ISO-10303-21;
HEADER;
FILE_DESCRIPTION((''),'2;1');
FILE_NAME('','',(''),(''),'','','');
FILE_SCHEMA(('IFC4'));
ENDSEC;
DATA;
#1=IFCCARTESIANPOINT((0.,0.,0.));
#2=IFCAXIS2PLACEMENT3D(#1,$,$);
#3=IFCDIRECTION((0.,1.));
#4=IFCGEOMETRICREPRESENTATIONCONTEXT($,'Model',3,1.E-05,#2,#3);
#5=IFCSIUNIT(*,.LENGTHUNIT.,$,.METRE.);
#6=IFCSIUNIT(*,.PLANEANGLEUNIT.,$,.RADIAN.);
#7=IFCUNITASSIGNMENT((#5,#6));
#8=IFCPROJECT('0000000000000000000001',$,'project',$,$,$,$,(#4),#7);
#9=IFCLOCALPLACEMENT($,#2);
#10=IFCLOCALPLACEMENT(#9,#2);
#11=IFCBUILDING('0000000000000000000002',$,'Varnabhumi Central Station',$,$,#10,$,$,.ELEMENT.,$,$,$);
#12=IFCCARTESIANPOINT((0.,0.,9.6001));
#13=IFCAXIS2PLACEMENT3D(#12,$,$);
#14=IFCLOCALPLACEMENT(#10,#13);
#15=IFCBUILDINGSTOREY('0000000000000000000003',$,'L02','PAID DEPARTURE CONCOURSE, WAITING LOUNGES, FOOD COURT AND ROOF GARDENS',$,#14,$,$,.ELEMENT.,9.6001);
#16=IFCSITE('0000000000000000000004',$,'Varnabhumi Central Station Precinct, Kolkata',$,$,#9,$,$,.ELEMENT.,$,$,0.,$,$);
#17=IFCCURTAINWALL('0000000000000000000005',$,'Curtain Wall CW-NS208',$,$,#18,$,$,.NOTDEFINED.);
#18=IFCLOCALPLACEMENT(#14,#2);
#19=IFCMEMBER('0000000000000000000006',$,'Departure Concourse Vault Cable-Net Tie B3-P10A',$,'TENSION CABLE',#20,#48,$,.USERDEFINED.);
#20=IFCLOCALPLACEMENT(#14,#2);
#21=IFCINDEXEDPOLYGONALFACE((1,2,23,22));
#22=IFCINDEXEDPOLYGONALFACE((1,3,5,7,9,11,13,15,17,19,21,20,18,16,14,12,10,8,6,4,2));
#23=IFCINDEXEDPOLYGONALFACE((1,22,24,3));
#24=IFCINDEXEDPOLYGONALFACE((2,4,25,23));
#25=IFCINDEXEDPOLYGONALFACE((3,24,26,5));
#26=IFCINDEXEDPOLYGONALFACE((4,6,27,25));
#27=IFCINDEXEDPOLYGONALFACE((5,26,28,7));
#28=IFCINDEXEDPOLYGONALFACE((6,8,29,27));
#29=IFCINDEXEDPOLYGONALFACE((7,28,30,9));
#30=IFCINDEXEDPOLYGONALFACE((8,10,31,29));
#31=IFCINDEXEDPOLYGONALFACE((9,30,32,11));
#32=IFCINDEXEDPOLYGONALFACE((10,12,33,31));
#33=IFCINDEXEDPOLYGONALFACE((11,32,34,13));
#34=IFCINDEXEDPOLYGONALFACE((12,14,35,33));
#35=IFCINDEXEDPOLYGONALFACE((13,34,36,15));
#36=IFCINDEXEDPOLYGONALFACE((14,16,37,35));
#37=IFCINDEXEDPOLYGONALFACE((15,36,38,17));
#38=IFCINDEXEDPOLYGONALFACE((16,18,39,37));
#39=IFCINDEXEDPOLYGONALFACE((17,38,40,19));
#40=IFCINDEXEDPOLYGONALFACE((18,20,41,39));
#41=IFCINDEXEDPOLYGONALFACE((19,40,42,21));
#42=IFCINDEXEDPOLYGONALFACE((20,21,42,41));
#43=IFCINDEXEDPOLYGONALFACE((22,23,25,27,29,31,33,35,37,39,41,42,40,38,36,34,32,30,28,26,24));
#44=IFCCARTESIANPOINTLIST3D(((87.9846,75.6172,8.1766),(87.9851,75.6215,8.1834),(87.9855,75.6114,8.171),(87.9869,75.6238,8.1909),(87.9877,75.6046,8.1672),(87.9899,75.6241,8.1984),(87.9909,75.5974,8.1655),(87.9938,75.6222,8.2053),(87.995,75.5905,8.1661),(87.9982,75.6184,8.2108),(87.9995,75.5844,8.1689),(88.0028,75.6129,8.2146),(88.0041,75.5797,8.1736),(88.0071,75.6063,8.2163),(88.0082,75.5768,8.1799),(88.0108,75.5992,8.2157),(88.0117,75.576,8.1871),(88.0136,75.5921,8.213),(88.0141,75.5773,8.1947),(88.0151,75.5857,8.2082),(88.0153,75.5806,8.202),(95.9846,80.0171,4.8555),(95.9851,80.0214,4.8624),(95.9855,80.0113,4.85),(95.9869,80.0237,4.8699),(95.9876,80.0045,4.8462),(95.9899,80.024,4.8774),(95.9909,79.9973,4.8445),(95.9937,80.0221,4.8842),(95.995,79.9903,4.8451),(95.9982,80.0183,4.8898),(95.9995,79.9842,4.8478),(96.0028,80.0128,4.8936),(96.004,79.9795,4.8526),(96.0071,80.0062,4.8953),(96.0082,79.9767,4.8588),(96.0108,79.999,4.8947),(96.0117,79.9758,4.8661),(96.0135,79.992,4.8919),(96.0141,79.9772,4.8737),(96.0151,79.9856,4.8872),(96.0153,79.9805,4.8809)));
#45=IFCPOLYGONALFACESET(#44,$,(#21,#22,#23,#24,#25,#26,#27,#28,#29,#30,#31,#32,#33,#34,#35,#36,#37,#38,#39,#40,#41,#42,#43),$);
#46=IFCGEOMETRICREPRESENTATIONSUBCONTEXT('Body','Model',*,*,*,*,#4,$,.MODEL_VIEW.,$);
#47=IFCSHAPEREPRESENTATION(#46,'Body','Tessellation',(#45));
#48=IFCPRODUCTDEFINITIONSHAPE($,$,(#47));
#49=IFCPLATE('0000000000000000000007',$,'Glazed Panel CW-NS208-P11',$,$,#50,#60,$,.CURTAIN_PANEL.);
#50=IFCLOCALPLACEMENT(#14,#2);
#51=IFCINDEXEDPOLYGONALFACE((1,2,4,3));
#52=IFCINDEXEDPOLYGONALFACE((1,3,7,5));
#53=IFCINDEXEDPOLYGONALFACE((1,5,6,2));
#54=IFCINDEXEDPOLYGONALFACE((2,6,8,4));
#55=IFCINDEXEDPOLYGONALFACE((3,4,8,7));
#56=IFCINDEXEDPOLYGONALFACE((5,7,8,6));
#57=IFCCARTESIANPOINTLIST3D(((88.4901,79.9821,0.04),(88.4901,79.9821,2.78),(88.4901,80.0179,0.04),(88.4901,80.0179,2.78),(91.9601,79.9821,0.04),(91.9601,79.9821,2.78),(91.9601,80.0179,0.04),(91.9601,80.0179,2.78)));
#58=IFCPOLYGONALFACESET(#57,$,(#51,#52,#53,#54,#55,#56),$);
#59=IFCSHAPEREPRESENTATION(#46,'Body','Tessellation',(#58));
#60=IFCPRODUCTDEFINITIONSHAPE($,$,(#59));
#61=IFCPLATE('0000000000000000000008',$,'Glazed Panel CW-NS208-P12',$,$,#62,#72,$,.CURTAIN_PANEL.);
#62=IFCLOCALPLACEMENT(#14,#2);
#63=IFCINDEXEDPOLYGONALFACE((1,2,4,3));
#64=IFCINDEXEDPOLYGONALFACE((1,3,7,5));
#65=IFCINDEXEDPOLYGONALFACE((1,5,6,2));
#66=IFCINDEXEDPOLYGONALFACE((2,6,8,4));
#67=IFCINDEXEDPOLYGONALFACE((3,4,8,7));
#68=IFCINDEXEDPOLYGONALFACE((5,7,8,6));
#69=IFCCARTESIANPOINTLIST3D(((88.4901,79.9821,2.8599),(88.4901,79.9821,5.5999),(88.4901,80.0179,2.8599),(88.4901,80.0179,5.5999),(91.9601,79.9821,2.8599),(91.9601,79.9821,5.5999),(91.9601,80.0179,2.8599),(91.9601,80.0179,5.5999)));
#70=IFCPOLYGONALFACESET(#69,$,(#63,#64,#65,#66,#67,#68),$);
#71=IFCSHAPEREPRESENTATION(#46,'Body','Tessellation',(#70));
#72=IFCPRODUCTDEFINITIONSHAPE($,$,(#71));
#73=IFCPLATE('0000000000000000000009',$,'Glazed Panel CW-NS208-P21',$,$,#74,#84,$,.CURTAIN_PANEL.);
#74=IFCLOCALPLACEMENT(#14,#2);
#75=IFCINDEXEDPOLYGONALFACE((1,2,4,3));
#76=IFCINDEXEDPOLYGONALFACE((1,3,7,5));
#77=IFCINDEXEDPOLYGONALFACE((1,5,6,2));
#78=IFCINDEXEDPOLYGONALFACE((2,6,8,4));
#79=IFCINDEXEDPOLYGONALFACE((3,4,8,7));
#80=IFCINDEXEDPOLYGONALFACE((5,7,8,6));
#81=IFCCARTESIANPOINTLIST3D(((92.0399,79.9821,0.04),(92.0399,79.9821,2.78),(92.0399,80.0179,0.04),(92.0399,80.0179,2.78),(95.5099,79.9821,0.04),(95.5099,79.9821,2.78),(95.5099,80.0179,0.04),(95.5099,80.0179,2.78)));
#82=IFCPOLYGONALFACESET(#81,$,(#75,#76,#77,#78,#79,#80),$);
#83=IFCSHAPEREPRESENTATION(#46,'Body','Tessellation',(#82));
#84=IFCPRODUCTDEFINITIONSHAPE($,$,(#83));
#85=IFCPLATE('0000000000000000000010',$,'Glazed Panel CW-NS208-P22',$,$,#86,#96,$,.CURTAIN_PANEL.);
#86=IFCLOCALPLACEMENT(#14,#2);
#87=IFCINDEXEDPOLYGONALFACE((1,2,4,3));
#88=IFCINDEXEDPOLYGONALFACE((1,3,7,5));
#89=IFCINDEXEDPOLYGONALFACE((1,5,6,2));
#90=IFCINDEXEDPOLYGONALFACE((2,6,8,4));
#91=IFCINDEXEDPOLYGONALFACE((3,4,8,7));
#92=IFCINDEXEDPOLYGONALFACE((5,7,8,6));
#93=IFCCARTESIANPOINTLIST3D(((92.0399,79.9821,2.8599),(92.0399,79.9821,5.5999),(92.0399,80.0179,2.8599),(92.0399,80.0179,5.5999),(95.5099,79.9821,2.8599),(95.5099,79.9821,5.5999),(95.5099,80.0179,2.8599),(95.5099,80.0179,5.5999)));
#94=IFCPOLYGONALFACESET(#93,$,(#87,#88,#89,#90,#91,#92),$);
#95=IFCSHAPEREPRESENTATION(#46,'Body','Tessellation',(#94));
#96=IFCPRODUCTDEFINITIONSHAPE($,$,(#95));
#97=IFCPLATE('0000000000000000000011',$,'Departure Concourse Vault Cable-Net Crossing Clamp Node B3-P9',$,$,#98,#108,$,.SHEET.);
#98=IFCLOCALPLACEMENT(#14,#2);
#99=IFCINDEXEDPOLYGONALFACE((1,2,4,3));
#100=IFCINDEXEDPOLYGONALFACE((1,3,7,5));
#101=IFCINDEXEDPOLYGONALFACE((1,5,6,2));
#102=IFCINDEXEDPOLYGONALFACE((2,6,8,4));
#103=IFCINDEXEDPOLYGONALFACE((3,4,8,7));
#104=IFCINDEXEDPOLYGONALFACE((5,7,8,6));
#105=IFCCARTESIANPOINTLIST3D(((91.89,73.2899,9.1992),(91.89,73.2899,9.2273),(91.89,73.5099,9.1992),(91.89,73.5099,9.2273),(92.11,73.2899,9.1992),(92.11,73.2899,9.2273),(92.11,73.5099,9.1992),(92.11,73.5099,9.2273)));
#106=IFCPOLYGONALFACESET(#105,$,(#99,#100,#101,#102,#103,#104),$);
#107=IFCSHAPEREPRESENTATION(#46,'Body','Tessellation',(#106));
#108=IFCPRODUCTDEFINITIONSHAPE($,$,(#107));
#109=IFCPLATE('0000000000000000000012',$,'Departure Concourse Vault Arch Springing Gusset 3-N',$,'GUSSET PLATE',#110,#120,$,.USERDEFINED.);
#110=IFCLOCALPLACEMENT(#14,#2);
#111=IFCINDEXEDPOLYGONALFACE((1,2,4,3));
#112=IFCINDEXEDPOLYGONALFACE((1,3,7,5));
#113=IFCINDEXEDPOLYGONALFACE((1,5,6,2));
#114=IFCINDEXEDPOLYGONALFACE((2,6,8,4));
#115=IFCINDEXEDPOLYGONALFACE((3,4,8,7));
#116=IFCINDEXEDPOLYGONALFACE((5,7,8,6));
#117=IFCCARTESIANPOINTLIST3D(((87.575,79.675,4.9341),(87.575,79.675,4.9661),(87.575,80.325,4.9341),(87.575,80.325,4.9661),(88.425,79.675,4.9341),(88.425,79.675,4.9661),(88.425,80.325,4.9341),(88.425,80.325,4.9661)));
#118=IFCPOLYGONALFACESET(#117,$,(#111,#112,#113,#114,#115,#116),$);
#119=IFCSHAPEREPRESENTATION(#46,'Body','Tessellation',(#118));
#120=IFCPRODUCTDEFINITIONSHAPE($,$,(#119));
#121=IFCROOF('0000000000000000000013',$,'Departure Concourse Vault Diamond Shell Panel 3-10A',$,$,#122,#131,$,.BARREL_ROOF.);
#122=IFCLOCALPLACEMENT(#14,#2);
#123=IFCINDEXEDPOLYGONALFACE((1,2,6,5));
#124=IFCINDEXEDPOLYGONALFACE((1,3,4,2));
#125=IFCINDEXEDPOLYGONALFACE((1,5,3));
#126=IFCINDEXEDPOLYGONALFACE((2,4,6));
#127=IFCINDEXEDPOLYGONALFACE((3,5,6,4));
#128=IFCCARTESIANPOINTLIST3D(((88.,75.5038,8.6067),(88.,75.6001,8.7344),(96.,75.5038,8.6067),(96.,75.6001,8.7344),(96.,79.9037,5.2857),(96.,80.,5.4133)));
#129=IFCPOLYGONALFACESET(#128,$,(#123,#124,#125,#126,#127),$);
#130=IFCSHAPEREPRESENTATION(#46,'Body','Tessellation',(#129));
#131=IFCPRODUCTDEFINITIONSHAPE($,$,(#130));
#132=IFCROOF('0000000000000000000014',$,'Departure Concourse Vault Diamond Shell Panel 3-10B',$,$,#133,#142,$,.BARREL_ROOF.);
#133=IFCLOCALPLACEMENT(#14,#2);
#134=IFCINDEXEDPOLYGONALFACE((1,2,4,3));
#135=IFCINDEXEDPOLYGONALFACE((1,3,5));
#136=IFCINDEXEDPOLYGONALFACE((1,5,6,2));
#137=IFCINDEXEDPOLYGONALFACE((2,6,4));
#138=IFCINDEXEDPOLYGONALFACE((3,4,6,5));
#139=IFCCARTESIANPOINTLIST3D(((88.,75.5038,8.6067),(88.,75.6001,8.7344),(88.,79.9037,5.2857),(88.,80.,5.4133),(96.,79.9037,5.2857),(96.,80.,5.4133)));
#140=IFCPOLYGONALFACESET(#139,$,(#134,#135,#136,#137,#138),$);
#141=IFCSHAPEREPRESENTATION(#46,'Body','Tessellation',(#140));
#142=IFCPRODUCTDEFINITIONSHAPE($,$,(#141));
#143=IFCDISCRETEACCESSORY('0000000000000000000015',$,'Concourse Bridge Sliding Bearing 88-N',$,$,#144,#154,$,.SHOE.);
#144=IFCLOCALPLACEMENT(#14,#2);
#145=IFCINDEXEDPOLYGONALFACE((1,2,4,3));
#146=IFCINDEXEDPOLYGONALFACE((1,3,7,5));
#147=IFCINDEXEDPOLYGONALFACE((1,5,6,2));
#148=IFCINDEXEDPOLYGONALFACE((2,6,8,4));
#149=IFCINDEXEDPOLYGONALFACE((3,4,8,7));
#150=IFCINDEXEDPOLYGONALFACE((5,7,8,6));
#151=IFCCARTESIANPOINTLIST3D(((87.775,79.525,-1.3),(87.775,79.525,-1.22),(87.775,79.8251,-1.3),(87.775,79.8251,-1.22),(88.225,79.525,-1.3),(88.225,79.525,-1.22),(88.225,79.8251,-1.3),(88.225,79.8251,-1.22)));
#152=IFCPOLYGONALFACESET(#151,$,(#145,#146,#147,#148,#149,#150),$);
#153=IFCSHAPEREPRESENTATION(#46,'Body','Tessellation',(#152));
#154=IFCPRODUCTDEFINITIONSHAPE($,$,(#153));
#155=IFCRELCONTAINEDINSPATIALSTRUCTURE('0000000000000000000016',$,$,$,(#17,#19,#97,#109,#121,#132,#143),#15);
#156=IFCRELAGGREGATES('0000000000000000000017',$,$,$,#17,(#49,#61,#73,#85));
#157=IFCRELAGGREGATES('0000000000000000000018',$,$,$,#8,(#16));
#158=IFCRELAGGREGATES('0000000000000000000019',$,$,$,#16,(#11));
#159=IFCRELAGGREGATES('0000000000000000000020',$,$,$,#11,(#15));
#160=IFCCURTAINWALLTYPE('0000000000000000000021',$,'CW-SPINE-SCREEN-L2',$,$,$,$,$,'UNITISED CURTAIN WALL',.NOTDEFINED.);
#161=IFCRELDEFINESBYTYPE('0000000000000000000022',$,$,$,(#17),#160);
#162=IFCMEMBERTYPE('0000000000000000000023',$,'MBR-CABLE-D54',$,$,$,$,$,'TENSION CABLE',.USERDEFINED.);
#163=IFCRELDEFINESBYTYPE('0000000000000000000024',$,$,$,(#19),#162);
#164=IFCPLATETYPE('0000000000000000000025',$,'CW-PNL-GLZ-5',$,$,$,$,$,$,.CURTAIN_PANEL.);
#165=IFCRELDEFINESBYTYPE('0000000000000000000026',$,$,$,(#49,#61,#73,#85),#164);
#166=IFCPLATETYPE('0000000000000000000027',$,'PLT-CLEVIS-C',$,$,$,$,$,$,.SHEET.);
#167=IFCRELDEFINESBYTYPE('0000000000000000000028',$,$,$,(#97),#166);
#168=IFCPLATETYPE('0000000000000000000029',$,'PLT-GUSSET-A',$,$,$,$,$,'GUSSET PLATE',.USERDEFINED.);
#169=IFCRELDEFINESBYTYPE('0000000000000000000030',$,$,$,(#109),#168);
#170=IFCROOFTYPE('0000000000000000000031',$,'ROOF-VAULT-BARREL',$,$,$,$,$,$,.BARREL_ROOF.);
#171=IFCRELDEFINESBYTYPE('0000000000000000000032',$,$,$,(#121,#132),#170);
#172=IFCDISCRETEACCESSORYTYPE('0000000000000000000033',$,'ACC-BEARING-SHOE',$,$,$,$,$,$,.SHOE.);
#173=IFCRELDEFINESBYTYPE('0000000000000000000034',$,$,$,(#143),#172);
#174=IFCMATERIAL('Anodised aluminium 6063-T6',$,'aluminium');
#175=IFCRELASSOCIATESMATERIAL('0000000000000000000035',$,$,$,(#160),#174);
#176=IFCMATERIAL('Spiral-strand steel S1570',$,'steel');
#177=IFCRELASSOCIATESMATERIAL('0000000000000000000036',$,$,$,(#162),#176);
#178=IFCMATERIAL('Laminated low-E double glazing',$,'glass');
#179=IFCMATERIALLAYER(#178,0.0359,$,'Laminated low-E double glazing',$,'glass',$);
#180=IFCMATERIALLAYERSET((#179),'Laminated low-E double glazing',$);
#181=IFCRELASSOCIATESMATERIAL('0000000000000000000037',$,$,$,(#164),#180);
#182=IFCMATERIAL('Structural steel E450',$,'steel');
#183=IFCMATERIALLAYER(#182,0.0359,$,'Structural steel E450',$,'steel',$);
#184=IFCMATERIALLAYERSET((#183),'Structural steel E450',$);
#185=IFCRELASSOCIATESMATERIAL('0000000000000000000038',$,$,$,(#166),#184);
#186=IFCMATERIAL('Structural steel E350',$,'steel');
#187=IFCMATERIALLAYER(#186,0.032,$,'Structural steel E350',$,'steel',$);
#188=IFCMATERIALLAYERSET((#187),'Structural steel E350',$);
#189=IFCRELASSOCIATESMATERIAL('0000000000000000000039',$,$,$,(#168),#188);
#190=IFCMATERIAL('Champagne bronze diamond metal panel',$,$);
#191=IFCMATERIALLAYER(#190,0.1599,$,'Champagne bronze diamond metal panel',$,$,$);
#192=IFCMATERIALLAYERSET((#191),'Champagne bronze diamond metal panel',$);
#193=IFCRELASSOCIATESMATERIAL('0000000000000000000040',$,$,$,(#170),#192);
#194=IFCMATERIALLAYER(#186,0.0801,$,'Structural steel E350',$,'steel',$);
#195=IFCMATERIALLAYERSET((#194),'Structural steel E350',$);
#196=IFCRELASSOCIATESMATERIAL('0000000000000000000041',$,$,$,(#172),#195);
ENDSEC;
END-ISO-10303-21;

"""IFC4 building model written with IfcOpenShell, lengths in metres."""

from ifc_helpers import new_model, si_unit, direction, frame, origin, origin_2d, place, context, subcontext, project, spatial, polyline, rectangle, circle, outline, extrude, material, layer, layer_set, material_profile, profile_set, type_object, element, aggregate, save


model = new_model("IFC4")

# Units and contexts
model_context = context("Model", 3, precision=1e-05, world=origin(), true_north=direction((0.0, 1.0)))
body_context = subcontext(model_context, "Body", "Model", "MODEL_VIEW")
ifc_project = project(units=[si_unit("LENGTHUNIT", "METRE"), si_unit("PLANEANGLEUNIT", "RADIAN")], contexts=[model_context])

# Site, building, storey
site_placement = place(None, origin())
site = spatial("IfcSite", under=ifc_project, at=site_placement, Name="Varnabhumi Central Station Precinct, Kolkata", CompositionType="ELEMENT", RefElevation=0.0)
building_placement = place(site_placement, origin())
building = spatial("IfcBuilding", under=site, at=building_placement, Name="Varnabhumi Central Station", CompositionType="ELEMENT")
storey_placement = place(building_placement, frame((0.0, 0.0, 9.6001)))
storey = spatial("IfcBuildingStorey", under=building, at=storey_placement, Name="L02", Description="PAID DEPARTURE CONCOURSE, WAITING LOUNGES, FOOD COURT AND ROOF GARDENS", CompositionType="ELEMENT", Elevation=9.6001)

# Shared definitions
ifc_material_1 = material(Name="Structural steel E350", Category="steel")

# Curtain wall
ifc_material_2 = material(Name="Anodised aluminium 6063-T6", Category="aluminium")
curtain_wall_type = type_object("IfcCurtainWallType", Name="CW-SPINE-SCREEN-L2", ElementType="UNITISED CURTAIN WALL", PredefinedType="NOTDEFINED", material=ifc_material_2)
curtain_wall_placement = place(storey_placement, origin())
curtain_wall = element("IfcCurtainWall", 1, at=curtain_wall_placement, inside=storey, type_object=curtain_wall_type, Name="Curtain Wall CW-NS208", PredefinedType="NOTDEFINED")

# Member
ifc_material_3 = material(Name="Spiral-strand steel S1570", Category="steel")
ifc_material_profile_1 = material_profile(ifc_material_3, circle(Radius=0.0271, at=origin_2d()), Name="Spiral-strand steel S1570", Category="steel")
ifc_profile_set_1 = profile_set([ifc_material_profile_1], Name="Spiral-strand steel S1570")
member_type_1 = type_object("IfcMemberType", Name="MBR-CABLE-D54", ElementType="TENSION CABLE", PredefinedType="USERDEFINED", material=ifc_profile_set_1)
member_1_placement = place(storey_placement, frame((88.0, 75.6001, 8.1909), z_axis=(0.823437, 0.45288, -0.341834), x_axis=(-0.481911, 0.87622, 0.0)))
element("IfcMember", 2, at=member_1_placement, inside=storey, type_object=member_type_1, Name="Departure Concourse Vault Cable-Net Tie B3-P10A", ObjectType="TENSION CABLE", PredefinedType="USERDEFINED", context=body_context, shape_type="SweptSolid", body=[
    extrude(circle(Radius=0.0271, at=origin_2d()), origin(), (0.0, 0.0, 1.0), 9.7153),
])

# Plates
ifc_material_4 = material(Name="Laminated low-E double glazing", Category="glass")
ifc_layer_1 = layer(ifc_material_4, 0.0359, Name="Laminated low-E double glazing", Category="glass")
ifc_layer_set_1 = layer_set([ifc_layer_1], Name="Laminated low-E double glazing")
plate_type_1 = type_object("IfcPlateType", Name="CW-PNL-GLZ-5", PredefinedType="CURTAIN_PANEL", material=ifc_layer_set_1)
plate_1_placement = place(storey_placement, frame((90.2251, 80.0, 0.04), z_axis=(0.0, 0.0, 1.0), x_axis=(1.0, 0.0, 0.0)))
plate_1 = element("IfcPlate", 3, at=plate_1_placement, type_object=plate_type_1, Name="Glazed Panel CW-NS208-P11", PredefinedType="CURTAIN_PANEL", context=body_context, shape_type="SweptSolid", body=[
    extrude(rectangle(XDim=3.47, YDim=0.0359, at=origin_2d()), origin(), (0.0, 0.0, 1.0), 2.74),
])
plate_2_placement = place(storey_placement, frame((90.2251, 80.0, 2.8599), z_axis=(0.0, 0.0, 1.0), x_axis=(1.0, 0.0, 0.0)))
plate_2 = element("IfcPlate", 4, at=plate_2_placement, type_object=plate_type_1, Name="Glazed Panel CW-NS208-P12", PredefinedType="CURTAIN_PANEL", context=body_context, shape_type="SweptSolid", body=[
    extrude(rectangle(XDim=3.47, YDim=0.0359, at=origin_2d()), origin(), (0.0, 0.0, 1.0), 2.74),
])
plate_3_placement = place(storey_placement, frame((93.7749, 80.0, 0.04), z_axis=(0.0, 0.0, 1.0), x_axis=(1.0, 0.0, 0.0)))
plate_3 = element("IfcPlate", 5, at=plate_3_placement, type_object=plate_type_1, Name="Glazed Panel CW-NS208-P21", PredefinedType="CURTAIN_PANEL", context=body_context, shape_type="SweptSolid", body=[
    extrude(rectangle(XDim=3.47, YDim=0.0359, at=origin_2d()), origin(), (0.0, 0.0, 1.0), 2.74),
])
plate_4_placement = place(storey_placement, frame((93.7749, 80.0, 2.8599), z_axis=(0.0, 0.0, 1.0), x_axis=(1.0, 0.0, 0.0)))
plate_4 = element("IfcPlate", 6, at=plate_4_placement, type_object=plate_type_1, Name="Glazed Panel CW-NS208-P22", PredefinedType="CURTAIN_PANEL", context=body_context, shape_type="SweptSolid", body=[
    extrude(rectangle(XDim=3.47, YDim=0.0359, at=origin_2d()), origin(), (0.0, 0.0, 1.0), 2.74),
])
aggregate(curtain_wall, [plate_1, plate_2, plate_3, plate_4])

# Plates
ifc_material_5 = material(Name="Structural steel E450", Category="steel")
ifc_layer_2 = layer(ifc_material_5, 0.0359, Name="Structural steel E450", Category="steel")
ifc_layer_set_2 = layer_set([ifc_layer_2], Name="Structural steel E450")
plate_type_2 = type_object("IfcPlateType", Name="PLT-CLEVIS-C", PredefinedType="SHEET", material=ifc_layer_set_2)
plate_5_placement = place(storey_placement, frame((92.0, 73.3999, 9.1992), z_axis=(0.0, 0.0, 1.0), x_axis=(1.0, 0.0, 0.0)))
element("IfcPlate", 7, at=plate_5_placement, inside=storey, type_object=plate_type_2, Name="Departure Concourse Vault Cable-Net Crossing Clamp Node B3-P9", PredefinedType="SHEET", context=body_context, shape_type="SweptSolid", body=[
    extrude(rectangle(XDim=0.22, YDim=0.22, at=origin_2d()), origin(), (0.0, 0.0, 1.0), 0.0281),
])
ifc_layer_3 = layer(ifc_material_1, 0.032, Name="Structural steel E350", Category="steel")
ifc_layer_set_3 = layer_set([ifc_layer_3], Name="Structural steel E350")
plate_type_3 = type_object("IfcPlateType", Name="PLT-GUSSET-A", ElementType="GUSSET PLATE", PredefinedType="USERDEFINED", material=ifc_layer_set_3)
plate_6_placement = place(storey_placement, frame((88.0, 80.0, 4.9341), z_axis=(0.0, 0.0, 1.0), x_axis=(1.0, 0.0, 0.0)))
element("IfcPlate", 8, at=plate_6_placement, inside=storey, type_object=plate_type_3, Name="Departure Concourse Vault Arch Springing Gusset 3-N", ObjectType="GUSSET PLATE", PredefinedType="USERDEFINED", context=body_context, shape_type="SweptSolid", body=[
    extrude(rectangle(XDim=0.8501, YDim=0.6499, at=origin_2d()), origin(), (0.0, 0.0, 1.0), 0.032),
])

# Roofs
ifc_material_6 = material(Name="Champagne bronze diamond metal panel")
ifc_layer_4 = layer(ifc_material_6, 0.1599, Name="Champagne bronze diamond metal panel")
ifc_layer_set_4 = layer_set([ifc_layer_4], Name="Champagne bronze diamond metal panel")
roof_type = type_object("IfcRoofType", Name="ROOF-VAULT-BARREL", PredefinedType="BARREL_ROOF", material=ifc_layer_set_4)
roof_1_placement = place(storey_placement, frame((88.0, 75.6001, 8.7344), z_axis=(0.0, 0.602449, 0.798157), x_axis=(1.0, 0.0, 0.0)))
element("IfcRoof", 9, at=roof_1_placement, inside=storey, type_object=roof_type, Name="Departure Concourse Vault Diamond Shell Panel 3-10A", PredefinedType="BARREL_ROOF", context=body_context, shape_type="SweptSolid", body=[
    extrude(outline(polyline([(0.0, 0.0), (8.0, 0.0), (8.0, 5.5126), (0.0, 0.0)])), origin(), (0.0, 0.0, -1.0), 0.1599),
])
roof_2_placement = place(storey_placement, frame((88.0, 75.6001, 8.7344), z_axis=(0.0, 0.602449, 0.798157), x_axis=(0.823437, 0.45288, -0.341834)))
element("IfcRoof", 10, at=roof_2_placement, inside=storey, type_object=roof_type, Name="Departure Concourse Vault Diamond Shell Panel 3-10B", PredefinedType="BARREL_ROOF", context=body_context, shape_type="SweptSolid", body=[
    extrude(outline(polyline([(0.0, 0.0), (9.7154, 0.0), (3.1279, 4.5393), (0.0, 0.0)])), origin(), (0.0, 0.0, -1.0), 0.1599),
])

# Discrete accessory
ifc_layer_5 = layer(ifc_material_1, 0.0801, Name="Structural steel E350", Category="steel")
ifc_layer_set_5 = layer_set([ifc_layer_5], Name="Structural steel E350")
discrete_accessory_type = type_object("IfcDiscreteAccessoryType", Name="ACC-BEARING-SHOE", PredefinedType="SHOE", material=ifc_layer_set_5)
discrete_accessory_placement = place(storey_placement, frame((88.0, 79.675, -1.3), z_axis=(0.0, 0.0, 1.0), x_axis=(1.0, 0.0, 0.0)))
element("IfcDiscreteAccessory", 11, at=discrete_accessory_placement, inside=storey, type_object=discrete_accessory_type, Name="Concourse Bridge Sliding Bearing 88-N", PredefinedType="SHOE", context=body_context, shape_type="SweptSolid", body=[
    extrude(rectangle(XDim=0.45, YDim=0.3, at=origin_2d()), origin(), (0.0, 0.0, 1.0), 0.0801),
])

save(model, "model.ifc")
